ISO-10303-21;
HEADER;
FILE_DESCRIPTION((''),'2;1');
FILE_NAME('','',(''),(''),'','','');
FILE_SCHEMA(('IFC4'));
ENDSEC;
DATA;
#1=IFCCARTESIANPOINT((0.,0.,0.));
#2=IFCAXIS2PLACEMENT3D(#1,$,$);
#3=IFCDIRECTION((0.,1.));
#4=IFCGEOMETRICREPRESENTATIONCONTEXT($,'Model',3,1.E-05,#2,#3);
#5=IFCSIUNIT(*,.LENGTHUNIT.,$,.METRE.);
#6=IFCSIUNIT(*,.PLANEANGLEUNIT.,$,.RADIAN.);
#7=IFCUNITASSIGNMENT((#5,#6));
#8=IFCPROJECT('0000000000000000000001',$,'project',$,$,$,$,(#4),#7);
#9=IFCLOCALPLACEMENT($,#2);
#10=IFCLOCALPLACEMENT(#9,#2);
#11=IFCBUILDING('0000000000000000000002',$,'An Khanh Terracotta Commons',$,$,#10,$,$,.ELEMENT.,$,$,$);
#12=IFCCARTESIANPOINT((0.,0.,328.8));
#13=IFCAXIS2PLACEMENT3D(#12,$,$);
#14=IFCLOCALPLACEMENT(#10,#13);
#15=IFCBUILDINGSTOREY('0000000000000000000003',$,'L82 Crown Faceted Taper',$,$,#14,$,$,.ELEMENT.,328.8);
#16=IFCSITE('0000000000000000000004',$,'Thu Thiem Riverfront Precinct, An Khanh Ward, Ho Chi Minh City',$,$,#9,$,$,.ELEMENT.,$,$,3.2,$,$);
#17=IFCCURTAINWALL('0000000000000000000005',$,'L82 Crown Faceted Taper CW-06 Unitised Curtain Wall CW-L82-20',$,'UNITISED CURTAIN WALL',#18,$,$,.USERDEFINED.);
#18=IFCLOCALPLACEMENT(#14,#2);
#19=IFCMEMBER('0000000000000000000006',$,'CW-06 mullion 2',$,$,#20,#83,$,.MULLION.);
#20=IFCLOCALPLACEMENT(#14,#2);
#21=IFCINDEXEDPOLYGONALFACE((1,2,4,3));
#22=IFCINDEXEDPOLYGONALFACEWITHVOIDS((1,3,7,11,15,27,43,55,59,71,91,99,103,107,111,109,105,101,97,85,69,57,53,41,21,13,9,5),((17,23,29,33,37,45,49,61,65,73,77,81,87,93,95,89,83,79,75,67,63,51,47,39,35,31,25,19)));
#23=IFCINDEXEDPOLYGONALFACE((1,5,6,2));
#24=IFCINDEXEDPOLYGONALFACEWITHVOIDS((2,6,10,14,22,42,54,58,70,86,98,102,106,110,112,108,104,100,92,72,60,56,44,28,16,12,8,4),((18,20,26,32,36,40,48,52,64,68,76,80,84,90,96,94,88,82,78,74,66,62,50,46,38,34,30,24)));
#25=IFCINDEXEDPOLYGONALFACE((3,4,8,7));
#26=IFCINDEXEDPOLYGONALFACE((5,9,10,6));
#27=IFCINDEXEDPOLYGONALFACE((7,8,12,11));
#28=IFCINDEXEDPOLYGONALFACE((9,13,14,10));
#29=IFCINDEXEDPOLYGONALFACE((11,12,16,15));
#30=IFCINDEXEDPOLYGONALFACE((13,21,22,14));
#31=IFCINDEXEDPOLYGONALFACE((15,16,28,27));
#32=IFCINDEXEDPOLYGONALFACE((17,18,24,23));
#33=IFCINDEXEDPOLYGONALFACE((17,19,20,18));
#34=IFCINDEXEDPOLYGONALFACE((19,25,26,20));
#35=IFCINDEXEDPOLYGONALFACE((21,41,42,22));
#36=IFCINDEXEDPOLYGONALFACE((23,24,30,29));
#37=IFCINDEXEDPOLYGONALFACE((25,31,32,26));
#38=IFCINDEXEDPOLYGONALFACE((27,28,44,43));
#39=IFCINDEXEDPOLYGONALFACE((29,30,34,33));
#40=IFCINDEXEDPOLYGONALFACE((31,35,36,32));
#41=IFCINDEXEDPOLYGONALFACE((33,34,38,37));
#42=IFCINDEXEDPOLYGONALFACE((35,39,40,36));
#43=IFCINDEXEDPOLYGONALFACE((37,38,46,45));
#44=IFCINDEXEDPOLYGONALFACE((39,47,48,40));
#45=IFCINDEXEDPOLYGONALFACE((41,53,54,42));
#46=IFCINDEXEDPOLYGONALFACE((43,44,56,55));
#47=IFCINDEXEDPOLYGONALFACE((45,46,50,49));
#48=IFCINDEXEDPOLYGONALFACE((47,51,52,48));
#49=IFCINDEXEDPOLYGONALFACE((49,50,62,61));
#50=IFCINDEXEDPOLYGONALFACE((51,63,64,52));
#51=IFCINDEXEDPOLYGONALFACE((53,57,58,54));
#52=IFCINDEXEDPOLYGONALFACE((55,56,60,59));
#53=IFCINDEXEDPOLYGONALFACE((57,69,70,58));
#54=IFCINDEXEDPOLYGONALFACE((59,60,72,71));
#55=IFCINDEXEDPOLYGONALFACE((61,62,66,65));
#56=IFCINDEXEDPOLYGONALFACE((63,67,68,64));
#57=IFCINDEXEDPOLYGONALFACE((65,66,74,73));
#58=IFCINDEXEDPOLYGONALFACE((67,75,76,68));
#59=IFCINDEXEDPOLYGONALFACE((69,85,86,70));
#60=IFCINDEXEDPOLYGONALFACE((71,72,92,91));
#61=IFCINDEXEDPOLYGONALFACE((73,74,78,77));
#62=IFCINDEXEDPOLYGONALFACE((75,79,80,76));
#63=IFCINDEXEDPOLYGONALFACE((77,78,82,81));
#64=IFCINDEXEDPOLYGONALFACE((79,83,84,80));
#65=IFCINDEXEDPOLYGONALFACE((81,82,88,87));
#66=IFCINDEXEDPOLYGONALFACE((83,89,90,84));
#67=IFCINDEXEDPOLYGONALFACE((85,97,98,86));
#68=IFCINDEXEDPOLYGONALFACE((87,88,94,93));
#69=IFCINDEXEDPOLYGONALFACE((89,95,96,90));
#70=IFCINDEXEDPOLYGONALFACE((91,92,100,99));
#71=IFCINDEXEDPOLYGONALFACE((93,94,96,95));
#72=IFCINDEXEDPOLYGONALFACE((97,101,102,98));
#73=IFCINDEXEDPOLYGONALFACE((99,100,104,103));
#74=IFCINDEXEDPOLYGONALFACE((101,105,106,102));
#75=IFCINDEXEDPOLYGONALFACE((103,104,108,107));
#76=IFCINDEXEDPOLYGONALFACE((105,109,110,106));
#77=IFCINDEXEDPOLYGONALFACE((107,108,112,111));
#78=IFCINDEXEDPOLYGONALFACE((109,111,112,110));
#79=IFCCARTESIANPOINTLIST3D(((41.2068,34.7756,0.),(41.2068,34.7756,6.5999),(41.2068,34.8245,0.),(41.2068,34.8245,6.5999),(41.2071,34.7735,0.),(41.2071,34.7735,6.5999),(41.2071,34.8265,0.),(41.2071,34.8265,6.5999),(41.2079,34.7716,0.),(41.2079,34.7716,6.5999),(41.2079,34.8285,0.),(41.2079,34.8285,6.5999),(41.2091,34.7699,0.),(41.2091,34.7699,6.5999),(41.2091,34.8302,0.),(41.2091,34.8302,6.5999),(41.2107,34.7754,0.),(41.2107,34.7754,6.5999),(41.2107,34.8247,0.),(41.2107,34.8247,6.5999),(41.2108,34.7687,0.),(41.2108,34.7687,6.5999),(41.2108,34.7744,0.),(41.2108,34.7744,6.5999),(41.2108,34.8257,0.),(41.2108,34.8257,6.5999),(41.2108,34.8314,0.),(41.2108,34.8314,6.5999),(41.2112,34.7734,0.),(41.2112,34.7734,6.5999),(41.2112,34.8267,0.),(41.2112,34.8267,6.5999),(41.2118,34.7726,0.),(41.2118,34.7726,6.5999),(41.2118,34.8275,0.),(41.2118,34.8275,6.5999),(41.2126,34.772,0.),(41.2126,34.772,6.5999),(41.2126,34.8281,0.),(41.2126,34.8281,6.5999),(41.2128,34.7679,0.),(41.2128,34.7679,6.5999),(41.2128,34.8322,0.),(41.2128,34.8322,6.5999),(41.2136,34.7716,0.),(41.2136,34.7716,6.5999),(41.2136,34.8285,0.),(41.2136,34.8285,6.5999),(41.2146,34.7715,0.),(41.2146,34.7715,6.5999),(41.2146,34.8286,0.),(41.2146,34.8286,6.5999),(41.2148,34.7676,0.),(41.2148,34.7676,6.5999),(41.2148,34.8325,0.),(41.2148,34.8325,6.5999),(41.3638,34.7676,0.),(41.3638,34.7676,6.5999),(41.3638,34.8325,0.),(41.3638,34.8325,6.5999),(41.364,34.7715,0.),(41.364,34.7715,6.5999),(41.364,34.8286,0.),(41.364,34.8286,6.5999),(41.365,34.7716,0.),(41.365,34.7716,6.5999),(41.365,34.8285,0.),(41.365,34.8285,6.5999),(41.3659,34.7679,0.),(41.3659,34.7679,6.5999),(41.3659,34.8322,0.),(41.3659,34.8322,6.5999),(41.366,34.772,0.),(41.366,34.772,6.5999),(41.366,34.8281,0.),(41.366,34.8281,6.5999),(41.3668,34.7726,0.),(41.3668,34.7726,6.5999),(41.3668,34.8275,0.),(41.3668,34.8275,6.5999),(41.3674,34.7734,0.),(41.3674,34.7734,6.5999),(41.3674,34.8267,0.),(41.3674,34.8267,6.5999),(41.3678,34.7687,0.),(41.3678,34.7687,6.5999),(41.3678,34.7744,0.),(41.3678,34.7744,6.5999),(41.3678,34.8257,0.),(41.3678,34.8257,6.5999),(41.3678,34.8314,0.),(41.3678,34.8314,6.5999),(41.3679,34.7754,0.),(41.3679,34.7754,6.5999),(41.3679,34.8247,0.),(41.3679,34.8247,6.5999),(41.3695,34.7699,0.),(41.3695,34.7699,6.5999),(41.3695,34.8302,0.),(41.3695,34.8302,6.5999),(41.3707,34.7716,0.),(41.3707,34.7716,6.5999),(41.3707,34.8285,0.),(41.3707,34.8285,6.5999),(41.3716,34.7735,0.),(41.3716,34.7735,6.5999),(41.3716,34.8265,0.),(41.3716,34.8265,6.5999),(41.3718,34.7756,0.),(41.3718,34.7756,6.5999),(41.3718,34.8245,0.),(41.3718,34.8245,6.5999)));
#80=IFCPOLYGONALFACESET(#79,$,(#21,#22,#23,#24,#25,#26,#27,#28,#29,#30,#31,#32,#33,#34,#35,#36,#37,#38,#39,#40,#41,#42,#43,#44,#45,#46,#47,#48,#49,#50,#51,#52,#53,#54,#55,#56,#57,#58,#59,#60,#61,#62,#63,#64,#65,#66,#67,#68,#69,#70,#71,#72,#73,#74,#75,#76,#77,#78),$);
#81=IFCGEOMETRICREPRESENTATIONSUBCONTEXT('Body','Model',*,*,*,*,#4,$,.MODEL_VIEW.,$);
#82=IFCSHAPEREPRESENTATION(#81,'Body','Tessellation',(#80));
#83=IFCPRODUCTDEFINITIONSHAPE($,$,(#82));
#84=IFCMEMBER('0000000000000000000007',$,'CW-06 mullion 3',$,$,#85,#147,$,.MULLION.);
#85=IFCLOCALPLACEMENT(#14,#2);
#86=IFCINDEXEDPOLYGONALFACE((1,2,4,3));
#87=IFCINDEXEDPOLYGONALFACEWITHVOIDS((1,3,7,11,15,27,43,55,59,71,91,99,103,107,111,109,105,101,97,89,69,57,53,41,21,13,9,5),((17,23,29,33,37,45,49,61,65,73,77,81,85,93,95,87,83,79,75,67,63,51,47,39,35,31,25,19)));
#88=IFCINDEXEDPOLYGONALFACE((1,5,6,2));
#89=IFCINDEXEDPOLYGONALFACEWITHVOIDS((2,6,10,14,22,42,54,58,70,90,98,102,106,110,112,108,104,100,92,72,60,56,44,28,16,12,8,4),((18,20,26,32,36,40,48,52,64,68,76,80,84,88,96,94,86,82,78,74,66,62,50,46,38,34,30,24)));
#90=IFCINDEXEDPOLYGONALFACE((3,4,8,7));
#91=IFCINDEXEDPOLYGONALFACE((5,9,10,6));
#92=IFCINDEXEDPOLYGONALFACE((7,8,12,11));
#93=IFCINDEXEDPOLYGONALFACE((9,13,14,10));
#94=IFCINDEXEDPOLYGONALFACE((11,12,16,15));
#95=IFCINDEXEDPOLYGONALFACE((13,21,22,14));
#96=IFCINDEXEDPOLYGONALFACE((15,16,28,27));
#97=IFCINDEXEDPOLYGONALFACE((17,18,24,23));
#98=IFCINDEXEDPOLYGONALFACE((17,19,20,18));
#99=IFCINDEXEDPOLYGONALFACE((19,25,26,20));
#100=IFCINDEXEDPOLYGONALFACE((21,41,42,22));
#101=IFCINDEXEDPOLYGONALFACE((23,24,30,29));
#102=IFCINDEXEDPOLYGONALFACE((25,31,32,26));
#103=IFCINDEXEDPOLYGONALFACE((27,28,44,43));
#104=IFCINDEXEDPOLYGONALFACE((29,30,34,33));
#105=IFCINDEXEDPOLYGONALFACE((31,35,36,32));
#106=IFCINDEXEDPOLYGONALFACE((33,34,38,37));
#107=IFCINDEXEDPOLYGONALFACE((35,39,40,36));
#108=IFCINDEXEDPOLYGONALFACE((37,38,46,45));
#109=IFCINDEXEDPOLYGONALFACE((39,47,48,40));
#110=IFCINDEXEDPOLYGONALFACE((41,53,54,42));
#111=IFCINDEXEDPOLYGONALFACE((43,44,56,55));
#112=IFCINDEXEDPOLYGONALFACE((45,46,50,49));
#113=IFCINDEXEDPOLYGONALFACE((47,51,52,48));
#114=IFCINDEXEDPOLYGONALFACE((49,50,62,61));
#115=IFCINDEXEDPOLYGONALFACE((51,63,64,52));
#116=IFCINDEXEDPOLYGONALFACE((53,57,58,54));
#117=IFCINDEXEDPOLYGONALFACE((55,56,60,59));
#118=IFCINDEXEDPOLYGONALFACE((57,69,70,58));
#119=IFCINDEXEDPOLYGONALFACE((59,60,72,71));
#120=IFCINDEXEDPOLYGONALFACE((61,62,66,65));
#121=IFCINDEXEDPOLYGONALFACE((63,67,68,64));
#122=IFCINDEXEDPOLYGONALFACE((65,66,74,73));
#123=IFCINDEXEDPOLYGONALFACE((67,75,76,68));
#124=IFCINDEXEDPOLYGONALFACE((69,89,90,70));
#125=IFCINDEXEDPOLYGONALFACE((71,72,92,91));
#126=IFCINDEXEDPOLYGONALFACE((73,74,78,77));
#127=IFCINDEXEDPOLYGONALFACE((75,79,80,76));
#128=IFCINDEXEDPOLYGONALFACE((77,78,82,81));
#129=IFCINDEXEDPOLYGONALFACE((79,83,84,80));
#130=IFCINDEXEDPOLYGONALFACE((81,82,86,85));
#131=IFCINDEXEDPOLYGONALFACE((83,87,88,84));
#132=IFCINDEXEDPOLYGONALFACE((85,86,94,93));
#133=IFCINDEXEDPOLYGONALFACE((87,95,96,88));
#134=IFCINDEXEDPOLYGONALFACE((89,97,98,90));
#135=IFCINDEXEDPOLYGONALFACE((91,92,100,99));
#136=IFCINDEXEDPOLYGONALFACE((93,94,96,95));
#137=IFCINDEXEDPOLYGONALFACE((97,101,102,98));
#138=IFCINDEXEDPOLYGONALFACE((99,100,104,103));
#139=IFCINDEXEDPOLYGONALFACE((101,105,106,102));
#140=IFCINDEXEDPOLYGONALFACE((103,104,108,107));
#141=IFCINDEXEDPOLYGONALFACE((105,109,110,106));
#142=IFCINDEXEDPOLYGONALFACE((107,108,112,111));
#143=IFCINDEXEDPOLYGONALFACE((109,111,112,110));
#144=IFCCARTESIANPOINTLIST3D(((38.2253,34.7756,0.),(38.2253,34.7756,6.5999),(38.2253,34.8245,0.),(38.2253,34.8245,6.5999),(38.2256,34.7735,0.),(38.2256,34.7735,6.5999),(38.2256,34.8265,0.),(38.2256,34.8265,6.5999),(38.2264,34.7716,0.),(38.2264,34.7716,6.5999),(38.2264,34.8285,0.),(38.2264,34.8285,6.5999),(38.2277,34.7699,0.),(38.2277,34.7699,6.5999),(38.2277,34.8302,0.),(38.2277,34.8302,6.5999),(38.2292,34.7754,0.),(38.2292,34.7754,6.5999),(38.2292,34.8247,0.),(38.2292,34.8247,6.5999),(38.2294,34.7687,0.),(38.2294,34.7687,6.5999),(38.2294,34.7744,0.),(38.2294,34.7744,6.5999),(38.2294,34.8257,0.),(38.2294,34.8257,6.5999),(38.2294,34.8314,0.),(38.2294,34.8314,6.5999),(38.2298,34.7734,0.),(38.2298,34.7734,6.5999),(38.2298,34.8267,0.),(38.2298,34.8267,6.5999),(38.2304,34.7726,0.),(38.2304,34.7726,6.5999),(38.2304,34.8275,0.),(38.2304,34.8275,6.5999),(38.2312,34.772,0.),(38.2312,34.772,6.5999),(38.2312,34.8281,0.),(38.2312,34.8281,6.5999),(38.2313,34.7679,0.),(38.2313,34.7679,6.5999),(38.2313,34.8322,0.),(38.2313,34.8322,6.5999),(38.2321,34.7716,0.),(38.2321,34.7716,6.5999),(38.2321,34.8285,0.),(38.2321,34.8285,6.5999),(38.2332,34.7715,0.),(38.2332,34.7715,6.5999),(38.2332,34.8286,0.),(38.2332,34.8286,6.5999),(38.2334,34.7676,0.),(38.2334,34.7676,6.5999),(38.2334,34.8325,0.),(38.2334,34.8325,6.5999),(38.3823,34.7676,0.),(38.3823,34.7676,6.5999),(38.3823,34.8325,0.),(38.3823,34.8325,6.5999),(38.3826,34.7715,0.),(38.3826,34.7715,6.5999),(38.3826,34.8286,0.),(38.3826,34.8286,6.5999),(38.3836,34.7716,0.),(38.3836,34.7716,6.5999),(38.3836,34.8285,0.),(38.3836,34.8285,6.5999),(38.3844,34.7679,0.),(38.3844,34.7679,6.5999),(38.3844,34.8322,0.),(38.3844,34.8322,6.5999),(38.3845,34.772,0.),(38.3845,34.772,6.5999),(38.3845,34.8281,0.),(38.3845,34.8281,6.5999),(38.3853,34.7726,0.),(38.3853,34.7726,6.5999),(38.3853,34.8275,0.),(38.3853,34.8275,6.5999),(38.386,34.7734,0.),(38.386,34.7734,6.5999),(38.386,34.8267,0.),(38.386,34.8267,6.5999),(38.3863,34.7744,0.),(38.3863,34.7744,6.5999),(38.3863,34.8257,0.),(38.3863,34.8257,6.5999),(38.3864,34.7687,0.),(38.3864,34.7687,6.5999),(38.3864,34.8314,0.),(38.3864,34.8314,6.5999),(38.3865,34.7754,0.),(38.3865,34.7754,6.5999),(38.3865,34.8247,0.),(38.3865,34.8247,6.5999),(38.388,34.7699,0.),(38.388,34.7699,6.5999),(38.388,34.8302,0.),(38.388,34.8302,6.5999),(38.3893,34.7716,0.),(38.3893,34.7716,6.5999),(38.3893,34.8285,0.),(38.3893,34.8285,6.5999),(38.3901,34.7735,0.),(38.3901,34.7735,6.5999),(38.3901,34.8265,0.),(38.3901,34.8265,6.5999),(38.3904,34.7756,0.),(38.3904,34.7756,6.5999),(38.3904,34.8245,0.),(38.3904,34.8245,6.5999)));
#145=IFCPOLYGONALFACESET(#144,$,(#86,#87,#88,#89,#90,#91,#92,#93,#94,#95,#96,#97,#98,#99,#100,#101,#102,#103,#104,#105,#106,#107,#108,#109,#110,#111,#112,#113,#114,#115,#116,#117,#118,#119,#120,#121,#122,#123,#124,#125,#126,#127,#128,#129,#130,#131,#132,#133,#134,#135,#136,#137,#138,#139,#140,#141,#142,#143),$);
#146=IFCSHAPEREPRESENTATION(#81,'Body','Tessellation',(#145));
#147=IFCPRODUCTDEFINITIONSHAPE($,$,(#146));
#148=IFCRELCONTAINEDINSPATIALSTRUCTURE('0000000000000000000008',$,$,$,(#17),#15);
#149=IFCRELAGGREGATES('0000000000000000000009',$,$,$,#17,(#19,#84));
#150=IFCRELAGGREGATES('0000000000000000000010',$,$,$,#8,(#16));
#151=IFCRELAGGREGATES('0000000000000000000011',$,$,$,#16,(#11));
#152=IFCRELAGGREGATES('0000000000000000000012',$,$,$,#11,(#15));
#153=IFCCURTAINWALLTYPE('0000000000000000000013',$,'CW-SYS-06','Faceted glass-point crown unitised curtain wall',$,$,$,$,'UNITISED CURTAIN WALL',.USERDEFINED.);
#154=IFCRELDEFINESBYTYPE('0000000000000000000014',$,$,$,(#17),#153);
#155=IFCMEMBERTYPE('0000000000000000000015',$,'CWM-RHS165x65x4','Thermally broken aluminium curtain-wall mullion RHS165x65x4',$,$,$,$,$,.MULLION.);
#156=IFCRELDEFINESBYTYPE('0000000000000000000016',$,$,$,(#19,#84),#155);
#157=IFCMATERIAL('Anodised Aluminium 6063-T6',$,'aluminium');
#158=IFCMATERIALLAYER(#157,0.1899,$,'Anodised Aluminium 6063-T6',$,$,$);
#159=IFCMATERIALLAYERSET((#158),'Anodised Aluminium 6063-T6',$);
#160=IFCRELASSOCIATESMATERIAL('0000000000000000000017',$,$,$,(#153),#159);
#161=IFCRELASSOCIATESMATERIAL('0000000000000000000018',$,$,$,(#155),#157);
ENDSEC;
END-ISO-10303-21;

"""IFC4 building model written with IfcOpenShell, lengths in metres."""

from ifc_helpers import new_model, si_unit, direction, frame, origin, origin_2d, place, context, subcontext, project, spatial, hollow_rectangle, extrude, material, layer, layer_set, material_profile, profile_set, type_object, element, aggregate, save


model = new_model("IFC4")

# Units and contexts
model_context = context("Model", 3, precision=1e-05, world=origin(), true_north=direction((0.0, 1.0)))
body_context = subcontext(model_context, "Body", "Model", "MODEL_VIEW")
ifc_project = project(units=[si_unit("LENGTHUNIT", "METRE"), si_unit("PLANEANGLEUNIT", "RADIAN")], contexts=[model_context])

# Site, building, storey
site_placement = place(None, origin())
site = spatial("IfcSite", under=ifc_project, at=site_placement, Name="Thu Thiem Riverfront Precinct, An Khanh Ward, Ho Chi Minh City", CompositionType="ELEMENT", RefElevation=3.2)
building_placement = place(site_placement, origin())
building = spatial("IfcBuilding", under=site, at=building_placement, Name="An Khanh Terracotta Commons", CompositionType="ELEMENT")
storey_placement = place(building_placement, frame((0.0, 0.0, 328.8)))
storey = spatial("IfcBuildingStorey", under=building, at=storey_placement, Name="L82 Crown Faceted Taper", CompositionType="ELEMENT", Elevation=328.8)

# Curtain wall, members
ifc_material_1 = material(Name="Anodised Aluminium 6063-T6", Category="aluminium")
ifc_layer_1 = layer(ifc_material_1, 0.1899, Name="Anodised Aluminium 6063-T6")
ifc_layer_set_1 = layer_set([ifc_layer_1], Name="Anodised Aluminium 6063-T6")
curtain_wall_type = type_object("IfcCurtainWallType", Name="CW-SYS-06", Description="Faceted glass-point crown unitised curtain wall", ElementType="UNITISED CURTAIN WALL", PredefinedType="USERDEFINED", material=ifc_layer_set_1)
curtain_wall_placement = place(storey_placement, origin())
curtain_wall = element("IfcCurtainWall", 1, at=curtain_wall_placement, inside=storey, type_object=curtain_wall_type, Name="L82 Crown Faceted Taper CW-06 Unitised Curtain Wall CW-L82-20", ObjectType="UNITISED CURTAIN WALL", PredefinedType="USERDEFINED")
ifc_material_profile_1 = material_profile(ifc_material_1, hollow_rectangle(XDim=0.0649, YDim=0.165, WallThickness=0.0039, InnerFilletRadius=0.0039, OuterFilletRadius=0.0081, at=origin_2d()), Name="RHS165x65x4")
ifc_profile_set_1 = profile_set([ifc_material_profile_1], Name="Anodised Aluminium 6063-T6")
member_type_1 = type_object("IfcMemberType", Name="CWM-RHS165x65x4", Description="Thermally broken aluminium curtain-wall mullion RHS165x65x4", PredefinedType="MULLION", material=ifc_profile_set_1)
member_1_placement = place(storey_placement, frame((41.2893, 34.8, 0.0), z_axis=(0.0, 0.0, 1.0), x_axis=(0.0, -1.0, 0.0)))
member_1 = element("IfcMember", 2, at=member_1_placement, type_object=member_type_1, Name="CW-06 mullion 2", PredefinedType="MULLION", context=body_context, shape_type="SweptSolid", body=[
    extrude(hollow_rectangle(XDim=0.0649, YDim=0.165, WallThickness=0.0039, InnerFilletRadius=0.0039, OuterFilletRadius=0.0081, at=origin_2d()), origin(), (0.0, 0.0, 1.0), 6.5999),
])
member_2_placement = place(storey_placement, frame((38.3079, 34.8, 0.0), z_axis=(0.0, 0.0, 1.0), x_axis=(0.0, -1.0, 0.0)))
member_2 = element("IfcMember", 3, at=member_2_placement, type_object=member_type_1, Name="CW-06 mullion 3", PredefinedType="MULLION", context=body_context, shape_type="SweptSolid", body=[
    extrude(hollow_rectangle(XDim=0.0649, YDim=0.165, WallThickness=0.0039, InnerFilletRadius=0.0039, OuterFilletRadius=0.0081, at=origin_2d()), origin(), (0.0, 0.0, 1.0), 6.5999),
])

aggregate(curtain_wall, [member_1, member_2])

save(model, "model.ifc")
